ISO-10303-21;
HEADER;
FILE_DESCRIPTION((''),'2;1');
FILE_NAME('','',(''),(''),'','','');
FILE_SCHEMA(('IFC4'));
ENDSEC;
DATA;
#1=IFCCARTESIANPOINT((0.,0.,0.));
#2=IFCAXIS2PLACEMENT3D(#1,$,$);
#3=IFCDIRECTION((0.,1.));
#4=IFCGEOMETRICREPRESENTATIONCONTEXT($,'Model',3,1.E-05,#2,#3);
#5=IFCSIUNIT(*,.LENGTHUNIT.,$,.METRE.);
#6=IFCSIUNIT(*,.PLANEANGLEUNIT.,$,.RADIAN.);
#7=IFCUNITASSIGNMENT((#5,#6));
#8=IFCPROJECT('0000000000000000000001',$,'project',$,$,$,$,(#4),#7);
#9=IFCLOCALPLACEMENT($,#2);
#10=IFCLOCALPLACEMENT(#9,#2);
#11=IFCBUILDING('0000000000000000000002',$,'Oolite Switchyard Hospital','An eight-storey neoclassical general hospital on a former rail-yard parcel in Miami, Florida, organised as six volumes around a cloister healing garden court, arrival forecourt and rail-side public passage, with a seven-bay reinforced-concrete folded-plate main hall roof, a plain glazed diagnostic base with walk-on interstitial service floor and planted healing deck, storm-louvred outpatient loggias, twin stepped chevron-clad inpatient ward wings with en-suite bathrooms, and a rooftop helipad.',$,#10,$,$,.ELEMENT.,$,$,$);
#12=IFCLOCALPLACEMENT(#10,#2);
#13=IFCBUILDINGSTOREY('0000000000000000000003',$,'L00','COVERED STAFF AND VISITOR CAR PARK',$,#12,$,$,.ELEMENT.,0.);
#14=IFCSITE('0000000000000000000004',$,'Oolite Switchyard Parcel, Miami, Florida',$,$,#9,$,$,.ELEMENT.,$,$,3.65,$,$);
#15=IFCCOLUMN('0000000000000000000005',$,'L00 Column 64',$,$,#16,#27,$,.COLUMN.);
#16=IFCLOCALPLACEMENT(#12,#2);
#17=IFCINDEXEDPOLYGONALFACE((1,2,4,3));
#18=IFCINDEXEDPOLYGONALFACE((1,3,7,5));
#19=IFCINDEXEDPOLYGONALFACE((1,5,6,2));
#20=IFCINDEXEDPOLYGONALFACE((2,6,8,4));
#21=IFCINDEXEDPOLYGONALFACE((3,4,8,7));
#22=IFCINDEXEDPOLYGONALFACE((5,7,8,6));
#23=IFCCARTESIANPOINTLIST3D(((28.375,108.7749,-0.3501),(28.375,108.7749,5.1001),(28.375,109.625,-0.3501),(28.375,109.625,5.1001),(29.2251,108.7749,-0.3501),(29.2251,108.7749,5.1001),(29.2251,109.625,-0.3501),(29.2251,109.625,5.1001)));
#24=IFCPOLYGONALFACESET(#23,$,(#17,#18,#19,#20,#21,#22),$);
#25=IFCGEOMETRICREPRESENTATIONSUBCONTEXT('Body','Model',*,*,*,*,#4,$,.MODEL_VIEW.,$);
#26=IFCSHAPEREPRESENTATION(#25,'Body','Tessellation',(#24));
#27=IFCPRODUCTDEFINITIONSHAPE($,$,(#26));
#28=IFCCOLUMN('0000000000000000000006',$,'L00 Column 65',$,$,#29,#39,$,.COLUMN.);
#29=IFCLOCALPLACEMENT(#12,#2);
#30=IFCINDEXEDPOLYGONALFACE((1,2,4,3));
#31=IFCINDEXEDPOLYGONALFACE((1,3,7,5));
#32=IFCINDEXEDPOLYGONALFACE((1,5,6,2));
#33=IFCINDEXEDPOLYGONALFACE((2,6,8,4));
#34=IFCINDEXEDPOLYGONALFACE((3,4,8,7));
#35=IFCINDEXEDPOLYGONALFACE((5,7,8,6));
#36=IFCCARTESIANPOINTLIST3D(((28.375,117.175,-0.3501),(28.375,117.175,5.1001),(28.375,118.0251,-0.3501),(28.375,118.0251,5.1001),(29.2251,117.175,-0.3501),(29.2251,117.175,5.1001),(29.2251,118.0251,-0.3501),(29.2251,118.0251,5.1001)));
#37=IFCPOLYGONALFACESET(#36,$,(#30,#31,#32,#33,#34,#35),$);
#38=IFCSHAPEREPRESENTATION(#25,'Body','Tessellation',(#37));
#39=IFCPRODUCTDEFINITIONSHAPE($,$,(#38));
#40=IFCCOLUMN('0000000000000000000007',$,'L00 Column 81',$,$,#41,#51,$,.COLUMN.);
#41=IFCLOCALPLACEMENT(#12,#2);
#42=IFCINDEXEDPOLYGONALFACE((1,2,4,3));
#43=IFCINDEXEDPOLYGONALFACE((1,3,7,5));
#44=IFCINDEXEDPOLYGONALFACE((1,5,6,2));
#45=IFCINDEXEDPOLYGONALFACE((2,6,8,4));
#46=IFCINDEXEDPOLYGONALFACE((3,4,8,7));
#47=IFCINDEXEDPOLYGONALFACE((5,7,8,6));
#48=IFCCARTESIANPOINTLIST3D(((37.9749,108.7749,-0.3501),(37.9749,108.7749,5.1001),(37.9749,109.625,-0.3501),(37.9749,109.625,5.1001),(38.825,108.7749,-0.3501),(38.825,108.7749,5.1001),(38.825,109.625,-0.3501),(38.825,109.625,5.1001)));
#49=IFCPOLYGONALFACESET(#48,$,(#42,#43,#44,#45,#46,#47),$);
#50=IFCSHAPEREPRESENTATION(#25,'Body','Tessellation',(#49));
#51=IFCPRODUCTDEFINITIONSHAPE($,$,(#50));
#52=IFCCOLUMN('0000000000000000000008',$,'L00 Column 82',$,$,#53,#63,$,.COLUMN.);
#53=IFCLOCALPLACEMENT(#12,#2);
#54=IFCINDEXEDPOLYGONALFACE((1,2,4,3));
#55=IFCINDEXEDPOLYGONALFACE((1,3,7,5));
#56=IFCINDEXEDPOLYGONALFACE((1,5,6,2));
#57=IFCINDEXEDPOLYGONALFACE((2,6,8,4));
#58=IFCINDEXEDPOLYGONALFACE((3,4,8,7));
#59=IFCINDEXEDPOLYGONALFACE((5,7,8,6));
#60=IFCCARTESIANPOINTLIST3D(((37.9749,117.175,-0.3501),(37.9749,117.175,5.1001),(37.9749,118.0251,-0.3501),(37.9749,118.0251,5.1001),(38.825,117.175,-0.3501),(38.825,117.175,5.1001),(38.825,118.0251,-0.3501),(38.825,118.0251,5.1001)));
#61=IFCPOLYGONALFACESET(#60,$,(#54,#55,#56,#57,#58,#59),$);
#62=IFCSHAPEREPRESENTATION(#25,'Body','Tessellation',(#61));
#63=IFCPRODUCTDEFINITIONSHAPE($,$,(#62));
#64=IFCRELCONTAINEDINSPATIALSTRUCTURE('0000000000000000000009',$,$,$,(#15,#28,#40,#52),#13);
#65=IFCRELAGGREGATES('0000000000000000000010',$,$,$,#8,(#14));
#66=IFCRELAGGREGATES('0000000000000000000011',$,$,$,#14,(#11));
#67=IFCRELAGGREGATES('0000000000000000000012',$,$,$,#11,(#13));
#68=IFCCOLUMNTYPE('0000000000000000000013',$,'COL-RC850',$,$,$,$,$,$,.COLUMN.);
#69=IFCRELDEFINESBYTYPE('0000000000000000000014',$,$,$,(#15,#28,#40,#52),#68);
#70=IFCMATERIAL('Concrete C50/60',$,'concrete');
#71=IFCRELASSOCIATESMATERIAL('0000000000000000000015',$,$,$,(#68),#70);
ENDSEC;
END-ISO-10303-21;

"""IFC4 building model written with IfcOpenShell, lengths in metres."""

from ifc_helpers import new_model, si_unit, direction, frame, origin, origin_2d, place, context, subcontext, project, spatial, rectangle, extrude, material, material_profile, profile_set, type_object, element, save


model = new_model("IFC4")

# Units and contexts
model_context = context("Model", 3, precision=1e-05, world=origin(), true_north=direction((0.0, 1.0)))
body_context = subcontext(model_context, "Body", "Model", "MODEL_VIEW")
ifc_project = project(units=[si_unit("LENGTHUNIT", "METRE"), si_unit("PLANEANGLEUNIT", "RADIAN")], contexts=[model_context])

# Site, building, storey
site_placement = place(None, origin())
site = spatial("IfcSite", under=ifc_project, at=site_placement, Name="Oolite Switchyard Parcel, Miami, Florida", CompositionType="ELEMENT", RefElevation=3.65)
building_placement = place(site_placement, origin())
building = spatial("IfcBuilding", under=site, at=building_placement, Name="Oolite Switchyard Hospital", Description="An eight-storey neoclassical general hospital on a former rail-yard parcel in Miami, Florida, organised as six volumes around a cloister healing garden court, arrival forecourt and rail-side public passage, with a seven-bay reinforced-concrete folded-plate main hall roof, a plain glazed diagnostic base with walk-on interstitial service floor and planted healing deck, storm-louvred outpatient loggias, twin stepped chevron-clad inpatient ward wings with en-suite bathrooms, and a rooftop helipad.", CompositionType="ELEMENT")
storey_placement = place(building_placement, origin())
storey = spatial("IfcBuildingStorey", under=building, at=storey_placement, Name="L00", Description="COVERED STAFF AND VISITOR CAR PARK", CompositionType="ELEMENT", Elevation=0.0)

# Columns
ifc_material_1 = material(Name="Concrete C50/60", Category="concrete")
ifc_material_profile_1 = material_profile(ifc_material_1, rectangle(XDim=0.8501, YDim=0.8501, at=origin_2d()), Name="RC850X850")
ifc_profile_set_1 = profile_set([ifc_material_profile_1], Name="Concrete C50/60")
column_type = type_object("IfcColumnType", Name="COL-RC850", PredefinedType="COLUMN", material=ifc_profile_set_1)
for number, where, z_axis, x_axis, name in (
    (1, (28.8, 109.2, -0.3501), (0.0, 0.0, 1.0), (1.0, 0.0, 0.0), "L00 Column 64"),
    (2, (28.8, 117.6001, -0.3501), (0.0, 0.0, 1.0), (1.0, 0.0, 0.0), "L00 Column 65"),
    (3, (38.3999, 109.2, -0.3501), (0.0, 0.0, 1.0), (1.0, 0.0, 0.0), "L00 Column 81"),
    (4, (38.3999, 117.6001, -0.3501), (0.0, 0.0, 1.0), (1.0, 0.0, 0.0), "L00 Column 82"),
):
    element("IfcColumn", number, at=place(storey_placement, frame(where, z_axis=z_axis, x_axis=x_axis)), inside=storey, type_object=column_type, Name=name, PredefinedType="COLUMN", context=body_context, shape_type="SweptSolid", body=[
        extrude(rectangle(XDim=0.8501, YDim=0.8501, at=origin_2d()), origin(), (0.0, 0.0, 1.0), 5.4502),
    ])

save(model, "model.ifc")
